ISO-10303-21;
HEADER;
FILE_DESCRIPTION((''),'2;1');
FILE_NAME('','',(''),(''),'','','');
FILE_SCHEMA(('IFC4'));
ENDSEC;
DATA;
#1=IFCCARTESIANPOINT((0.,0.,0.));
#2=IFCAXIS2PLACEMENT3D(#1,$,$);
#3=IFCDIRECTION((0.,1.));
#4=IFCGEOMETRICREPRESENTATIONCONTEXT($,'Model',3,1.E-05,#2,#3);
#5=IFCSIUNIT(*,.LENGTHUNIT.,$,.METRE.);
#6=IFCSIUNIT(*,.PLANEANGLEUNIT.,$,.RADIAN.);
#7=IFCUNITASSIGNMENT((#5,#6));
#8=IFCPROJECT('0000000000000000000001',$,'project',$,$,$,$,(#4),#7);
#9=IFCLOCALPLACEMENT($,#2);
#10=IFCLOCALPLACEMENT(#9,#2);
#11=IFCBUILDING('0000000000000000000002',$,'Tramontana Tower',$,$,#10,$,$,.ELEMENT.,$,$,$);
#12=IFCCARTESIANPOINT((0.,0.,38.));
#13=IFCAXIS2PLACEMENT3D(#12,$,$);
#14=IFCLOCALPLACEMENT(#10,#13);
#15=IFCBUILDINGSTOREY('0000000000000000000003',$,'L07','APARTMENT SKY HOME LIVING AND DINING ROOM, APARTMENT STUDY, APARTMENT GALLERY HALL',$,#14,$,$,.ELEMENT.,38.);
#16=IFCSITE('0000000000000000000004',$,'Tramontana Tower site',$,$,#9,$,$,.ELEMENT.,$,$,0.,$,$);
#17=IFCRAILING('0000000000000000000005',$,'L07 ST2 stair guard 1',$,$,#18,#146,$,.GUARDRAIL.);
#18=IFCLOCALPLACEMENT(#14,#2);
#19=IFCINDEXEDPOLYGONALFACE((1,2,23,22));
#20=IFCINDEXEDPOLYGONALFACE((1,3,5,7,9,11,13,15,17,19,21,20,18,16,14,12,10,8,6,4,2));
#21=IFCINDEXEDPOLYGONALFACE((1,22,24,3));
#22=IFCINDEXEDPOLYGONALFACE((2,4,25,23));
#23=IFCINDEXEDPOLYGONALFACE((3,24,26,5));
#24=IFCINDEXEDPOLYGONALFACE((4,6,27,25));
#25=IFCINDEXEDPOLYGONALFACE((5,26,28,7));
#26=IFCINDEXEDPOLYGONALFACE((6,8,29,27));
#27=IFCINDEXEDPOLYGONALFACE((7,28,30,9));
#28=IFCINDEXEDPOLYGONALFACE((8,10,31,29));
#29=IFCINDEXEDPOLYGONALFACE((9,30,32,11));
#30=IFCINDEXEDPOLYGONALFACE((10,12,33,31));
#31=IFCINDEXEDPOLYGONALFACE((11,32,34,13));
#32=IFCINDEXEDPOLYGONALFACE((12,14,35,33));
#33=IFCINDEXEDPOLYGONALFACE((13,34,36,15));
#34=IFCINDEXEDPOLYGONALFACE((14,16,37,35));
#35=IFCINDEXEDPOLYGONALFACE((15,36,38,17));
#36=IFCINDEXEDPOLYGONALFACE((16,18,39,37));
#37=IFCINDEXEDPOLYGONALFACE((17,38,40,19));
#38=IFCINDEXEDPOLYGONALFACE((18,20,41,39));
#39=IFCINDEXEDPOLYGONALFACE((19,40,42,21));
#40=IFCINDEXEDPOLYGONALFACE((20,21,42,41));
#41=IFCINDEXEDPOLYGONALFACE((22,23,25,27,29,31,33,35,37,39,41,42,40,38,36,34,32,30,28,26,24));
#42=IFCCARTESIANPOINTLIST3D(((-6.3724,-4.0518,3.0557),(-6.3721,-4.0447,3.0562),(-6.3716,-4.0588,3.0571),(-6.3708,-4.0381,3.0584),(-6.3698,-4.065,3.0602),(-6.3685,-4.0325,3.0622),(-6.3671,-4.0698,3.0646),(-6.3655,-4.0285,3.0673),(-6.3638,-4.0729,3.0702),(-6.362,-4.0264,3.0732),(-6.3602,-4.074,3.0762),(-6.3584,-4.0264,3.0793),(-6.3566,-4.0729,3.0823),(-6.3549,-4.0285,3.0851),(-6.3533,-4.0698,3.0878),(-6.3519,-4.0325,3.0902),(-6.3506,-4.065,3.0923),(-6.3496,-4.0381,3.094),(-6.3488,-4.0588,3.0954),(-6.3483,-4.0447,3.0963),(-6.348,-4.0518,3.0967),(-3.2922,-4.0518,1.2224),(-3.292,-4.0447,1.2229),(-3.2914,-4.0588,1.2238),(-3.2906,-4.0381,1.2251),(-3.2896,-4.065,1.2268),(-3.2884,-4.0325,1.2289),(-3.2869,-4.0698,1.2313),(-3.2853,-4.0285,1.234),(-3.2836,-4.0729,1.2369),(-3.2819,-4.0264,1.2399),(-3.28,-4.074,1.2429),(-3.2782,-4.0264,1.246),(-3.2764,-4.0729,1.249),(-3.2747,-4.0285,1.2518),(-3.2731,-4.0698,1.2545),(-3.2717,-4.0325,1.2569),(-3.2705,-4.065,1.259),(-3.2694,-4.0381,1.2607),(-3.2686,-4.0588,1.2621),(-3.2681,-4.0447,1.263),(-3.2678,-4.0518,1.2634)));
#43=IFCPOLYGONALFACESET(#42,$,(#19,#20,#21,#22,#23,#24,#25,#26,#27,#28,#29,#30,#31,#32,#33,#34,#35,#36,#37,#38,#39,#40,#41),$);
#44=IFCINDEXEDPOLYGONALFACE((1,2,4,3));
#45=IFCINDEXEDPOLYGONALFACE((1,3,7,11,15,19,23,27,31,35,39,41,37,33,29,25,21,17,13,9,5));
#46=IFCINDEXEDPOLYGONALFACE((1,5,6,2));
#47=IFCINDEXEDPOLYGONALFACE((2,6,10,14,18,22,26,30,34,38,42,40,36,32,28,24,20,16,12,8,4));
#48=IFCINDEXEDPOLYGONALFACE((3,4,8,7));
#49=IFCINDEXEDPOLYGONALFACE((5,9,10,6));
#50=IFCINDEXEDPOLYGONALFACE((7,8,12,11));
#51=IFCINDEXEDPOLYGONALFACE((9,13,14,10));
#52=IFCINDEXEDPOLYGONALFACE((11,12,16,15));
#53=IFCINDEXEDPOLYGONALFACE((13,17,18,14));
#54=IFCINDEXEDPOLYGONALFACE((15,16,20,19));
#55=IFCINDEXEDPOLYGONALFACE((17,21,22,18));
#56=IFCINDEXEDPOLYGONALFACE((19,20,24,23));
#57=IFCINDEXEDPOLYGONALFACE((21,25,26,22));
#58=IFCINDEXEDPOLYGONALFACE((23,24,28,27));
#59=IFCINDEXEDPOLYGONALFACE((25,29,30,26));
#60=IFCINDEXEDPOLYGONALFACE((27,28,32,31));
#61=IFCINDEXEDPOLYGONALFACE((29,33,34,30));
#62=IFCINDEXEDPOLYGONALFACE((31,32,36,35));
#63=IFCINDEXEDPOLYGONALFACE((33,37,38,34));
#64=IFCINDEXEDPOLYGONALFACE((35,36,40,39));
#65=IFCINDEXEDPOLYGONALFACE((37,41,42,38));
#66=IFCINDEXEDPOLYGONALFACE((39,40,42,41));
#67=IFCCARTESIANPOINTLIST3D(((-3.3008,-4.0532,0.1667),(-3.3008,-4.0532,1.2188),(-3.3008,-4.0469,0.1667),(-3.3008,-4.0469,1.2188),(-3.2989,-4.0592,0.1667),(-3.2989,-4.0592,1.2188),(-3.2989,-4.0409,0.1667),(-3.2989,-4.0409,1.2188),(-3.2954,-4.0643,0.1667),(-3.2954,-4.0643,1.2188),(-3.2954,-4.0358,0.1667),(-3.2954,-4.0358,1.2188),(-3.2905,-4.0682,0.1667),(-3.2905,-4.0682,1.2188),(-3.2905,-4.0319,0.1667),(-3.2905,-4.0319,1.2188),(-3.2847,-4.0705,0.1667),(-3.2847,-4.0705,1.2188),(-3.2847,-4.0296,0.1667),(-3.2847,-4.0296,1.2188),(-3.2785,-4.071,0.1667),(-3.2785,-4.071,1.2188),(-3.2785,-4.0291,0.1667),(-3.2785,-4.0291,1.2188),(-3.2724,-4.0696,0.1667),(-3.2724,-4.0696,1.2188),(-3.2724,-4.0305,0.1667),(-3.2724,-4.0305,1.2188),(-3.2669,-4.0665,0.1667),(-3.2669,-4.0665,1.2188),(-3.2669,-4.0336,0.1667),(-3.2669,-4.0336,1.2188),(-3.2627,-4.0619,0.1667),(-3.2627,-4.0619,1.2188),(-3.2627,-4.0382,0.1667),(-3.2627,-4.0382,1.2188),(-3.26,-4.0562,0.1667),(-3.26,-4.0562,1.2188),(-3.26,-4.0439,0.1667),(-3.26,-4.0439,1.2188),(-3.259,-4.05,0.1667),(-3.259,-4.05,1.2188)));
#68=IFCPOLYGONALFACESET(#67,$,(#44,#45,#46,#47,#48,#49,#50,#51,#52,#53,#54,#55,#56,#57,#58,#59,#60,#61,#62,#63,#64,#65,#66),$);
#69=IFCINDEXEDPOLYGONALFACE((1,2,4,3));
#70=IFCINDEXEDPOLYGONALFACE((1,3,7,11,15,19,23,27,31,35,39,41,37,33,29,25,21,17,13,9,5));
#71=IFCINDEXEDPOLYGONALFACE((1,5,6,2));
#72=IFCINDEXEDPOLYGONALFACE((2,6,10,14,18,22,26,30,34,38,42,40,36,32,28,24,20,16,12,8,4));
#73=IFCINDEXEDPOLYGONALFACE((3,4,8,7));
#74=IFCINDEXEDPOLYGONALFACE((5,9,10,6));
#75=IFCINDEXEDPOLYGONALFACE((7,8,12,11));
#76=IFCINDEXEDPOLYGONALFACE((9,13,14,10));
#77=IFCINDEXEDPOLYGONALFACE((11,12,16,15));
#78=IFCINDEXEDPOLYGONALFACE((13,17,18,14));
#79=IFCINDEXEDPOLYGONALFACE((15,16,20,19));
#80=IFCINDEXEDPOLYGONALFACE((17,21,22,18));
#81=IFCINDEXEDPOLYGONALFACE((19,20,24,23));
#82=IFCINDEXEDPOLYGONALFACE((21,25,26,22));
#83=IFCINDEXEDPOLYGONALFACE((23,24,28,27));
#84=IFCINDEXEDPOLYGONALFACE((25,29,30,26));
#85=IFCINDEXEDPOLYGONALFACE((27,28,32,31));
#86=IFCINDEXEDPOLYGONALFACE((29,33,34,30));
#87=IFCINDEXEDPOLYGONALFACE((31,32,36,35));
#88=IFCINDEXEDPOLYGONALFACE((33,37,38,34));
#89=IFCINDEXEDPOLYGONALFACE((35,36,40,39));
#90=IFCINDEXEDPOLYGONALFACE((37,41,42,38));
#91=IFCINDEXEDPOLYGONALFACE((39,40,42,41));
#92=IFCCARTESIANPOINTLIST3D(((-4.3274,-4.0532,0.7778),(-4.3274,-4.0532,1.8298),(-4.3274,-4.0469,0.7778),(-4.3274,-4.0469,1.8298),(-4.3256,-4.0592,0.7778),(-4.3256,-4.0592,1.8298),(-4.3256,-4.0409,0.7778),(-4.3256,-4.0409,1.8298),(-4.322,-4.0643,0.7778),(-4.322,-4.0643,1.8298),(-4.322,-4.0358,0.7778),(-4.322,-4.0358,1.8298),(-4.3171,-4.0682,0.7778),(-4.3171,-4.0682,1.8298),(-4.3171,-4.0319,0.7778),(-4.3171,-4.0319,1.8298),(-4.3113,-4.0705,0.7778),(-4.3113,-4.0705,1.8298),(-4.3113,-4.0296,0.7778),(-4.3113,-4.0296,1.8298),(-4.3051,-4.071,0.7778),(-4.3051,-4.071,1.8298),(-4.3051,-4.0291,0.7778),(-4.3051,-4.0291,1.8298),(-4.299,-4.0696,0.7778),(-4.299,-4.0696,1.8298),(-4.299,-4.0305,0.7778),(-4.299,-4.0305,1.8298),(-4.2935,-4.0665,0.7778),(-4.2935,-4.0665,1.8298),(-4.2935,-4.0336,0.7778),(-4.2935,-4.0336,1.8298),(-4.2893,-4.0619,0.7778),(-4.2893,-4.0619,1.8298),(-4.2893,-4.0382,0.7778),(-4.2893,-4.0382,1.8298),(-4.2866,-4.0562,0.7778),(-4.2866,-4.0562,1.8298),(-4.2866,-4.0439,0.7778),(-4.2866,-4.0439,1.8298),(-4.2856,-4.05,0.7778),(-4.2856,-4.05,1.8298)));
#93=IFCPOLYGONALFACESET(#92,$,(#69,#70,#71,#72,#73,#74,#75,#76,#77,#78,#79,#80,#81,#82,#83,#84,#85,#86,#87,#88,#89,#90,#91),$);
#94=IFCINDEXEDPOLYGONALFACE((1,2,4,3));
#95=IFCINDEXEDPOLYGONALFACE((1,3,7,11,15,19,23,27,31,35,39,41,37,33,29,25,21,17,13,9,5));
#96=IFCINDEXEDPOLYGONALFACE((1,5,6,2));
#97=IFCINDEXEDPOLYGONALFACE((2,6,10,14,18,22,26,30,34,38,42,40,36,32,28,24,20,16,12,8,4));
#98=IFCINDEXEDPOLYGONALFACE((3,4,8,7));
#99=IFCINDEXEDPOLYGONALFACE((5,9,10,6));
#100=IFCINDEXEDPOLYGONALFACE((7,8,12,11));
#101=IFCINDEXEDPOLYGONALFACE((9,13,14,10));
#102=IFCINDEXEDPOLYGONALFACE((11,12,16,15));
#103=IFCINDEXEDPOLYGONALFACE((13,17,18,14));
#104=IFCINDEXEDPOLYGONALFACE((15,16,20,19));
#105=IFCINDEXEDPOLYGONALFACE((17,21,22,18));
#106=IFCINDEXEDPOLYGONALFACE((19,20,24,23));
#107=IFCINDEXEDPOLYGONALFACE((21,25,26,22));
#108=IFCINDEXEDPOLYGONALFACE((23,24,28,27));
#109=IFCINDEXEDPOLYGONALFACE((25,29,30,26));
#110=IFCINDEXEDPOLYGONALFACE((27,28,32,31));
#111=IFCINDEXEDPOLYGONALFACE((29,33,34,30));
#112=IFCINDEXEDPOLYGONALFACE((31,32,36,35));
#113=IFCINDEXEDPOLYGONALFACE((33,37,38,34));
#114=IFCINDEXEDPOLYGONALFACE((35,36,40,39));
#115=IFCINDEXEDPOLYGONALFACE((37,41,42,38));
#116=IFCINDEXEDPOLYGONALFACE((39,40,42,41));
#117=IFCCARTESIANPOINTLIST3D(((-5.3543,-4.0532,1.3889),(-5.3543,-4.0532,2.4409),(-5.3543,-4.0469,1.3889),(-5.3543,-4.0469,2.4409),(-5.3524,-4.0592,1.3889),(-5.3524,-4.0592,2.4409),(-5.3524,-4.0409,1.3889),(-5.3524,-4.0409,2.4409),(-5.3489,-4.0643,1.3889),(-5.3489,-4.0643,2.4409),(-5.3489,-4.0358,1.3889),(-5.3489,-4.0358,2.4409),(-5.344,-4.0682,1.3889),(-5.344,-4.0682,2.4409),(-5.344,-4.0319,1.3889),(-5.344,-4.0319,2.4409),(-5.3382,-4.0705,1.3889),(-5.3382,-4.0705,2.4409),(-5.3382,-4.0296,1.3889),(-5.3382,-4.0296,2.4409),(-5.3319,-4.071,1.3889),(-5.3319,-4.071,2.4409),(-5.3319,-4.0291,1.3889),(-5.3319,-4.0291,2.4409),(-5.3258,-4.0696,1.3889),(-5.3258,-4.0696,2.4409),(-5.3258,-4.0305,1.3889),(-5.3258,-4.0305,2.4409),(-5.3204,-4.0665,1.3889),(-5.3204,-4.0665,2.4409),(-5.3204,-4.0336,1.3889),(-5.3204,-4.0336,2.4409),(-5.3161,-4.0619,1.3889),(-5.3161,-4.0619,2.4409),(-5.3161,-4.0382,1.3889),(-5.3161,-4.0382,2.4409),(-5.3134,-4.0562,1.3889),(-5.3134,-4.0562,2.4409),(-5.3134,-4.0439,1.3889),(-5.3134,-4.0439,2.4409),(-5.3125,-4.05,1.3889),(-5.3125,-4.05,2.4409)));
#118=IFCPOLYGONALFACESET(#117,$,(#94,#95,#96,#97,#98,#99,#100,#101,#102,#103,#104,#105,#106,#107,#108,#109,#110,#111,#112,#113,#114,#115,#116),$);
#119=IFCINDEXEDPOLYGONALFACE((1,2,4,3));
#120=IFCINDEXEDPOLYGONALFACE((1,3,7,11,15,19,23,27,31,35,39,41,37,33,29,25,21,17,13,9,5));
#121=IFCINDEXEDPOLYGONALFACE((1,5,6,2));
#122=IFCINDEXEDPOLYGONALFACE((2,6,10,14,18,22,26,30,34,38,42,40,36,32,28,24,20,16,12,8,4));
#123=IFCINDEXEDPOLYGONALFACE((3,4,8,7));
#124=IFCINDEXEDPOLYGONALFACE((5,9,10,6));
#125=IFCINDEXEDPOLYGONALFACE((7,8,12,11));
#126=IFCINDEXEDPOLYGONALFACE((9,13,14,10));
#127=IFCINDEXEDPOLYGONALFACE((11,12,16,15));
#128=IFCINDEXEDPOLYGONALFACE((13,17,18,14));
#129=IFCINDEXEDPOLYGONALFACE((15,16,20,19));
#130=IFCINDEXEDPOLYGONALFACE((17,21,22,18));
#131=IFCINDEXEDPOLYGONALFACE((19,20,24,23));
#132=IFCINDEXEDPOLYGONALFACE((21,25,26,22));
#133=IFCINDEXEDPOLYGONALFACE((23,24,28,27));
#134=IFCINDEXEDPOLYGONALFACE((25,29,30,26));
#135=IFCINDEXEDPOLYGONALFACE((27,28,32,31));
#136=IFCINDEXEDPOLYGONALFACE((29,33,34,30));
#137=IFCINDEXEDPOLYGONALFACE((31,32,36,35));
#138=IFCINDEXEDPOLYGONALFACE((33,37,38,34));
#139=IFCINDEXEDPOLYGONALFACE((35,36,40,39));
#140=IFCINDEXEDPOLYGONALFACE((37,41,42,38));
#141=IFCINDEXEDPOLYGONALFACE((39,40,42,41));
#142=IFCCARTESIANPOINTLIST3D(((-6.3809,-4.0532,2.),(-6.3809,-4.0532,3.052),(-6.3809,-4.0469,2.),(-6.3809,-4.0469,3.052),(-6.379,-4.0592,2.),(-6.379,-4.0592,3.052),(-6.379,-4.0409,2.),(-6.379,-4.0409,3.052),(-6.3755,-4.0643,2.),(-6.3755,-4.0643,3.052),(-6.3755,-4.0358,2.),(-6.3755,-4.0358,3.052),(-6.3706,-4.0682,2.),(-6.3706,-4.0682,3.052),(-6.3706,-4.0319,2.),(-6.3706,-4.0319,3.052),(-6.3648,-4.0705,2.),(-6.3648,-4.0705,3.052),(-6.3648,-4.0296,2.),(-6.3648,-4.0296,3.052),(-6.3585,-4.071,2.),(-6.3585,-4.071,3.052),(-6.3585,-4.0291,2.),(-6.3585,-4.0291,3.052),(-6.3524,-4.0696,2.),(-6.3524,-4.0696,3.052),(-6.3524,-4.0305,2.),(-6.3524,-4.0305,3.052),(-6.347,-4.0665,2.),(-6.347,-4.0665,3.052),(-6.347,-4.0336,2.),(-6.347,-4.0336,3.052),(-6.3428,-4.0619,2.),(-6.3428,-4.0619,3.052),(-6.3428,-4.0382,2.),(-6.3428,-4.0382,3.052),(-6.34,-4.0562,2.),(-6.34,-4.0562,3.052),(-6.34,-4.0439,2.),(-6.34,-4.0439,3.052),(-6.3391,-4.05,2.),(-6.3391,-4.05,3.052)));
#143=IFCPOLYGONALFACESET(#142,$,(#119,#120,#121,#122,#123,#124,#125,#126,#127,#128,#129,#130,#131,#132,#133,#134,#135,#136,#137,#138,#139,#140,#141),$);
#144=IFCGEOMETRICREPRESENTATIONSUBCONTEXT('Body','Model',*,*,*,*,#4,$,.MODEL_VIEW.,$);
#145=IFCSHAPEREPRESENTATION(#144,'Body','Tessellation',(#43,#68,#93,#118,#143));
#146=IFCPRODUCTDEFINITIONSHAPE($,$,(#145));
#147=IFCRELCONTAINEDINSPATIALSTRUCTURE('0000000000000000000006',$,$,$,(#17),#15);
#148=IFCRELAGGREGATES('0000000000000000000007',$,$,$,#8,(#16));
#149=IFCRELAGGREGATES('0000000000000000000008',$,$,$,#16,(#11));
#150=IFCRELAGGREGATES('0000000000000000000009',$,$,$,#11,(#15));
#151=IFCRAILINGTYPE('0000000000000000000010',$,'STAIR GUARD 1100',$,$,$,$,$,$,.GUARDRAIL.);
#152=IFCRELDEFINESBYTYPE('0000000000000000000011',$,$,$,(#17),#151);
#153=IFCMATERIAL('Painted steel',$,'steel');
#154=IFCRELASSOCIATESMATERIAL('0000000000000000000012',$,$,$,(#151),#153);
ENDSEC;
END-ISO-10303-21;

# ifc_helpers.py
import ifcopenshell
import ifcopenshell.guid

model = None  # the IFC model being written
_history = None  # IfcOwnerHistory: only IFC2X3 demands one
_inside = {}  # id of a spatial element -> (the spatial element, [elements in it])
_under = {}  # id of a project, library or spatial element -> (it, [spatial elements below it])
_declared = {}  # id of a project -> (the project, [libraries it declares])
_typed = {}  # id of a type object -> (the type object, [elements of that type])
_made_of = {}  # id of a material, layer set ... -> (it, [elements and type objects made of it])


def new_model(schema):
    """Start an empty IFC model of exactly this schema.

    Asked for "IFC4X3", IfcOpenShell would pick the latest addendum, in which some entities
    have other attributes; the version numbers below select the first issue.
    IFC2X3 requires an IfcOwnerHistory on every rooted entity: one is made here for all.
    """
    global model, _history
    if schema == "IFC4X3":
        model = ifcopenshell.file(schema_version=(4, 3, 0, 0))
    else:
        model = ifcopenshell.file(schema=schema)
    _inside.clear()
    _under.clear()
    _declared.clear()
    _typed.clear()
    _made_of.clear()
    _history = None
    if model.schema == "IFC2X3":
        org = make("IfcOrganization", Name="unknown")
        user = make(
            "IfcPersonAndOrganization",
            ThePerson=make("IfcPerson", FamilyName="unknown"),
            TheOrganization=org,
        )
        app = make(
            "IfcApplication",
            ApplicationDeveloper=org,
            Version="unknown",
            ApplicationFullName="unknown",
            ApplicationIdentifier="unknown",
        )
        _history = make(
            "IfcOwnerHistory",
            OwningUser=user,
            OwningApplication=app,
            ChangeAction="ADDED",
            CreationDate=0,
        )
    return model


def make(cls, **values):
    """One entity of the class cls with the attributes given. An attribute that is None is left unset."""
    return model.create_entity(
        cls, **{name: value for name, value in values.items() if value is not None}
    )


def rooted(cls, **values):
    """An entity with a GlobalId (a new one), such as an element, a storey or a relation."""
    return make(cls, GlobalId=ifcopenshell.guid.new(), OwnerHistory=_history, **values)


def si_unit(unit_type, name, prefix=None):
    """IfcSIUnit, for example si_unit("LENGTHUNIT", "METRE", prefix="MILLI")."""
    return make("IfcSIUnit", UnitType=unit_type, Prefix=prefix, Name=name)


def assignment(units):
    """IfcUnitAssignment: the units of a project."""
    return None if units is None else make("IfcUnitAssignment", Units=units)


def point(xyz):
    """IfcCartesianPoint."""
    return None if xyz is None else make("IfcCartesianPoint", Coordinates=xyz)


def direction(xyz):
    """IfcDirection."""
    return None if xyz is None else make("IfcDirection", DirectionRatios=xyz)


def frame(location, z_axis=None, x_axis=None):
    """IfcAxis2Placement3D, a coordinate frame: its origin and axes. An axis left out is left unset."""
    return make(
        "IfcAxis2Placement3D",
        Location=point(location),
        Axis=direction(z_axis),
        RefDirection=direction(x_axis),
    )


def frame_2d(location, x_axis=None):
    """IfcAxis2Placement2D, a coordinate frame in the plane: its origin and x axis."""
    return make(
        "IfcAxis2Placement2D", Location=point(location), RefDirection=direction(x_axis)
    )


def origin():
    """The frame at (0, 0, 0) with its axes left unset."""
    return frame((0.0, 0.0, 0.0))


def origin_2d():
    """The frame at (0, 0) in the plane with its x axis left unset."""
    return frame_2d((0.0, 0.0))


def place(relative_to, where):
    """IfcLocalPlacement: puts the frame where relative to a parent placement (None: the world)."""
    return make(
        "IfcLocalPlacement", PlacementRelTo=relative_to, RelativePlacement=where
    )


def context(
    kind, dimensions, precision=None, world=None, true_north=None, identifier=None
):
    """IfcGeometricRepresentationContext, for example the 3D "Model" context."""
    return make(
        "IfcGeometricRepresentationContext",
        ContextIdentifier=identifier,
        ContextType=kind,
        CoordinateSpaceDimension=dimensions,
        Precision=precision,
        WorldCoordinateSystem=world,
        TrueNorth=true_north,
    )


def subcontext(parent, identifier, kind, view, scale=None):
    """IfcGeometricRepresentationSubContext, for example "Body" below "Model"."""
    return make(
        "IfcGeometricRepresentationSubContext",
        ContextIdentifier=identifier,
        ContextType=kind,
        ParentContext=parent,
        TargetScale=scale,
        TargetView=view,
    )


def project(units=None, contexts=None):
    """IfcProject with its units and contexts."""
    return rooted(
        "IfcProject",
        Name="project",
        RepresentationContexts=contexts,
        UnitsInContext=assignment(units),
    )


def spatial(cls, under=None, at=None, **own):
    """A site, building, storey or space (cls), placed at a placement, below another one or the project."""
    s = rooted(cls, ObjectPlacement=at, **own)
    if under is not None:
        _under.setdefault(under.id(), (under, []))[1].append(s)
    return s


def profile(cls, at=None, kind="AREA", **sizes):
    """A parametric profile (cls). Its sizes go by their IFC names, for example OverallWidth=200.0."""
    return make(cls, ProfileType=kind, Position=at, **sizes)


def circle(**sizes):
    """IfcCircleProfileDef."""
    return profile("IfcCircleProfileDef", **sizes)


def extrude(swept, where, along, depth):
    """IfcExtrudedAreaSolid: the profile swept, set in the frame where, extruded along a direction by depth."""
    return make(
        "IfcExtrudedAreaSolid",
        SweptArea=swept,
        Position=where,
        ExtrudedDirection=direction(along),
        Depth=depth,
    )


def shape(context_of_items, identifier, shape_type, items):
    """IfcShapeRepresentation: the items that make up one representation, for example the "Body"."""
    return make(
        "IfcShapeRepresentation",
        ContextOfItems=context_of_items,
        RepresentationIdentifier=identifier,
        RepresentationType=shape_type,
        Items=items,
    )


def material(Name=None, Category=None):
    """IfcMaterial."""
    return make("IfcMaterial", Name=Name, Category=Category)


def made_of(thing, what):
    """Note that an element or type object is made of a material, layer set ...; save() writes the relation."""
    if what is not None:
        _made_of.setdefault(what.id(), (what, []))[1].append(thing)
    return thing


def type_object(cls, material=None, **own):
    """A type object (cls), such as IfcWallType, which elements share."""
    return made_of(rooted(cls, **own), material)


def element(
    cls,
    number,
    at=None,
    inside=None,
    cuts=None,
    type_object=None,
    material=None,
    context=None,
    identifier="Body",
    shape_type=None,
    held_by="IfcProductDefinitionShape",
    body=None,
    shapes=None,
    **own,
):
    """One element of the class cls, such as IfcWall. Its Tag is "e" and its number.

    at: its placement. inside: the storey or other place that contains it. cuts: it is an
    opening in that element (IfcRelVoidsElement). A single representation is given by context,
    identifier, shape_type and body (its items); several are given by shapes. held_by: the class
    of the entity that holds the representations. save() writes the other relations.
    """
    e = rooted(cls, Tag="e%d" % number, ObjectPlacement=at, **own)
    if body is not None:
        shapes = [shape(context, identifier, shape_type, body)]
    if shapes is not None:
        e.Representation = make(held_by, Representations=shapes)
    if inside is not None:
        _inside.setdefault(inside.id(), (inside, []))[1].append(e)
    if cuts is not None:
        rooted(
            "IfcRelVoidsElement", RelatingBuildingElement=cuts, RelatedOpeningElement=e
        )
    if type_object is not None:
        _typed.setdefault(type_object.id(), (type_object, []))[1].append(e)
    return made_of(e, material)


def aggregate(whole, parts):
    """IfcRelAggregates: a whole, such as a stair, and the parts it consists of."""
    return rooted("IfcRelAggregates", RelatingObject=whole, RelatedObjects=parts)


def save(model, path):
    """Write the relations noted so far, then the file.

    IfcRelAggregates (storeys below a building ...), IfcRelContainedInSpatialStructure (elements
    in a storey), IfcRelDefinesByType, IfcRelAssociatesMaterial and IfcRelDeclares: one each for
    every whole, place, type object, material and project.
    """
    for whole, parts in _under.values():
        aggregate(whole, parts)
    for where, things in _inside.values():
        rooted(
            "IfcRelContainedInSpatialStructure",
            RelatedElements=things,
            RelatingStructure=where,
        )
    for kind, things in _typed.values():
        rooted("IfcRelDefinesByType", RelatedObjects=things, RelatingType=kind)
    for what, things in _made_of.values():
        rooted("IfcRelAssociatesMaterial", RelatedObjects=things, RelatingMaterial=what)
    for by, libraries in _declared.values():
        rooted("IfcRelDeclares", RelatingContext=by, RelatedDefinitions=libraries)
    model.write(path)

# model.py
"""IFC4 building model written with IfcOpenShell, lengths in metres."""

from ifc_helpers import new_model, si_unit, direction, frame, origin, origin_2d, place, context, subcontext, project, spatial, circle, extrude, material, type_object, element, save


model = new_model("IFC4")

# Units and contexts
model_context = context("Model", 3, precision=1e-05, world=origin(), true_north=direction((0.0, 1.0)))
body_context = subcontext(model_context, "Body", "Model", "MODEL_VIEW")
ifc_project = project(units=[si_unit("LENGTHUNIT", "METRE"), si_unit("PLANEANGLEUNIT", "RADIAN")], contexts=[model_context])

# Site, building, storey
site_placement = place(None, origin())
site = spatial("IfcSite", under=ifc_project, at=site_placement, Name="Tramontana Tower site", CompositionType="ELEMENT", RefElevation=0.0)
building_placement = place(site_placement, origin())
building = spatial("IfcBuilding", under=site, at=building_placement, Name="Tramontana Tower", CompositionType="ELEMENT")
storey_placement = place(building_placement, frame((0.0, 0.0, 38.0)))
storey = spatial("IfcBuildingStorey", under=building, at=storey_placement, Name="L07", Description="APARTMENT SKY HOME LIVING AND DINING ROOM, APARTMENT STUDY, APARTMENT GALLERY HALL", CompositionType="ELEMENT", Elevation=38.0)

# Railing
ifc_material_1 = material(Name="Painted steel", Category="steel")
railing_type_1 = type_object("IfcRailingType", Name="STAIR GUARD 1100", PredefinedType="GUARDRAIL", material=ifc_material_1)
railing_1_placement = place(storey_placement, frame((-3.28, -4.05, 0.1667)))
element("IfcRailing", 1, at=railing_1_placement, inside=storey, type_object=railing_type_1, Name="L07 ST2 stair guard 1", PredefinedType="GUARDRAIL", context=body_context, shape_type="SweptSolid", body=[
    extrude(circle(Radius=0.0239, at=origin_2d()), frame((0.0, 0.0, 1.0762), z_axis=(-0.859309, 0.0, 0.511458), x_axis=(0.0, -1.0, 0.0)), (0.0, 0.0, 1.0), 3.5845),
    extrude(circle(Radius=0.021, at=origin_2d()), origin(), (0.0, 0.0, 1.0), 1.052),
    extrude(circle(Radius=0.021, at=origin_2d()), frame((-1.0266, 0.0, 0.6111)), (0.0, 0.0, 1.0), 1.052),
    extrude(circle(Radius=0.021, at=origin_2d()), frame((-2.0535, 0.0, 1.2222)), (0.0, 0.0, 1.0), 1.052),
    extrude(circle(Radius=0.021, at=origin_2d()), frame((-3.0801, 0.0, 1.8333)), (0.0, 0.0, 1.0), 1.052),
])

save(model, "model.ifc")
